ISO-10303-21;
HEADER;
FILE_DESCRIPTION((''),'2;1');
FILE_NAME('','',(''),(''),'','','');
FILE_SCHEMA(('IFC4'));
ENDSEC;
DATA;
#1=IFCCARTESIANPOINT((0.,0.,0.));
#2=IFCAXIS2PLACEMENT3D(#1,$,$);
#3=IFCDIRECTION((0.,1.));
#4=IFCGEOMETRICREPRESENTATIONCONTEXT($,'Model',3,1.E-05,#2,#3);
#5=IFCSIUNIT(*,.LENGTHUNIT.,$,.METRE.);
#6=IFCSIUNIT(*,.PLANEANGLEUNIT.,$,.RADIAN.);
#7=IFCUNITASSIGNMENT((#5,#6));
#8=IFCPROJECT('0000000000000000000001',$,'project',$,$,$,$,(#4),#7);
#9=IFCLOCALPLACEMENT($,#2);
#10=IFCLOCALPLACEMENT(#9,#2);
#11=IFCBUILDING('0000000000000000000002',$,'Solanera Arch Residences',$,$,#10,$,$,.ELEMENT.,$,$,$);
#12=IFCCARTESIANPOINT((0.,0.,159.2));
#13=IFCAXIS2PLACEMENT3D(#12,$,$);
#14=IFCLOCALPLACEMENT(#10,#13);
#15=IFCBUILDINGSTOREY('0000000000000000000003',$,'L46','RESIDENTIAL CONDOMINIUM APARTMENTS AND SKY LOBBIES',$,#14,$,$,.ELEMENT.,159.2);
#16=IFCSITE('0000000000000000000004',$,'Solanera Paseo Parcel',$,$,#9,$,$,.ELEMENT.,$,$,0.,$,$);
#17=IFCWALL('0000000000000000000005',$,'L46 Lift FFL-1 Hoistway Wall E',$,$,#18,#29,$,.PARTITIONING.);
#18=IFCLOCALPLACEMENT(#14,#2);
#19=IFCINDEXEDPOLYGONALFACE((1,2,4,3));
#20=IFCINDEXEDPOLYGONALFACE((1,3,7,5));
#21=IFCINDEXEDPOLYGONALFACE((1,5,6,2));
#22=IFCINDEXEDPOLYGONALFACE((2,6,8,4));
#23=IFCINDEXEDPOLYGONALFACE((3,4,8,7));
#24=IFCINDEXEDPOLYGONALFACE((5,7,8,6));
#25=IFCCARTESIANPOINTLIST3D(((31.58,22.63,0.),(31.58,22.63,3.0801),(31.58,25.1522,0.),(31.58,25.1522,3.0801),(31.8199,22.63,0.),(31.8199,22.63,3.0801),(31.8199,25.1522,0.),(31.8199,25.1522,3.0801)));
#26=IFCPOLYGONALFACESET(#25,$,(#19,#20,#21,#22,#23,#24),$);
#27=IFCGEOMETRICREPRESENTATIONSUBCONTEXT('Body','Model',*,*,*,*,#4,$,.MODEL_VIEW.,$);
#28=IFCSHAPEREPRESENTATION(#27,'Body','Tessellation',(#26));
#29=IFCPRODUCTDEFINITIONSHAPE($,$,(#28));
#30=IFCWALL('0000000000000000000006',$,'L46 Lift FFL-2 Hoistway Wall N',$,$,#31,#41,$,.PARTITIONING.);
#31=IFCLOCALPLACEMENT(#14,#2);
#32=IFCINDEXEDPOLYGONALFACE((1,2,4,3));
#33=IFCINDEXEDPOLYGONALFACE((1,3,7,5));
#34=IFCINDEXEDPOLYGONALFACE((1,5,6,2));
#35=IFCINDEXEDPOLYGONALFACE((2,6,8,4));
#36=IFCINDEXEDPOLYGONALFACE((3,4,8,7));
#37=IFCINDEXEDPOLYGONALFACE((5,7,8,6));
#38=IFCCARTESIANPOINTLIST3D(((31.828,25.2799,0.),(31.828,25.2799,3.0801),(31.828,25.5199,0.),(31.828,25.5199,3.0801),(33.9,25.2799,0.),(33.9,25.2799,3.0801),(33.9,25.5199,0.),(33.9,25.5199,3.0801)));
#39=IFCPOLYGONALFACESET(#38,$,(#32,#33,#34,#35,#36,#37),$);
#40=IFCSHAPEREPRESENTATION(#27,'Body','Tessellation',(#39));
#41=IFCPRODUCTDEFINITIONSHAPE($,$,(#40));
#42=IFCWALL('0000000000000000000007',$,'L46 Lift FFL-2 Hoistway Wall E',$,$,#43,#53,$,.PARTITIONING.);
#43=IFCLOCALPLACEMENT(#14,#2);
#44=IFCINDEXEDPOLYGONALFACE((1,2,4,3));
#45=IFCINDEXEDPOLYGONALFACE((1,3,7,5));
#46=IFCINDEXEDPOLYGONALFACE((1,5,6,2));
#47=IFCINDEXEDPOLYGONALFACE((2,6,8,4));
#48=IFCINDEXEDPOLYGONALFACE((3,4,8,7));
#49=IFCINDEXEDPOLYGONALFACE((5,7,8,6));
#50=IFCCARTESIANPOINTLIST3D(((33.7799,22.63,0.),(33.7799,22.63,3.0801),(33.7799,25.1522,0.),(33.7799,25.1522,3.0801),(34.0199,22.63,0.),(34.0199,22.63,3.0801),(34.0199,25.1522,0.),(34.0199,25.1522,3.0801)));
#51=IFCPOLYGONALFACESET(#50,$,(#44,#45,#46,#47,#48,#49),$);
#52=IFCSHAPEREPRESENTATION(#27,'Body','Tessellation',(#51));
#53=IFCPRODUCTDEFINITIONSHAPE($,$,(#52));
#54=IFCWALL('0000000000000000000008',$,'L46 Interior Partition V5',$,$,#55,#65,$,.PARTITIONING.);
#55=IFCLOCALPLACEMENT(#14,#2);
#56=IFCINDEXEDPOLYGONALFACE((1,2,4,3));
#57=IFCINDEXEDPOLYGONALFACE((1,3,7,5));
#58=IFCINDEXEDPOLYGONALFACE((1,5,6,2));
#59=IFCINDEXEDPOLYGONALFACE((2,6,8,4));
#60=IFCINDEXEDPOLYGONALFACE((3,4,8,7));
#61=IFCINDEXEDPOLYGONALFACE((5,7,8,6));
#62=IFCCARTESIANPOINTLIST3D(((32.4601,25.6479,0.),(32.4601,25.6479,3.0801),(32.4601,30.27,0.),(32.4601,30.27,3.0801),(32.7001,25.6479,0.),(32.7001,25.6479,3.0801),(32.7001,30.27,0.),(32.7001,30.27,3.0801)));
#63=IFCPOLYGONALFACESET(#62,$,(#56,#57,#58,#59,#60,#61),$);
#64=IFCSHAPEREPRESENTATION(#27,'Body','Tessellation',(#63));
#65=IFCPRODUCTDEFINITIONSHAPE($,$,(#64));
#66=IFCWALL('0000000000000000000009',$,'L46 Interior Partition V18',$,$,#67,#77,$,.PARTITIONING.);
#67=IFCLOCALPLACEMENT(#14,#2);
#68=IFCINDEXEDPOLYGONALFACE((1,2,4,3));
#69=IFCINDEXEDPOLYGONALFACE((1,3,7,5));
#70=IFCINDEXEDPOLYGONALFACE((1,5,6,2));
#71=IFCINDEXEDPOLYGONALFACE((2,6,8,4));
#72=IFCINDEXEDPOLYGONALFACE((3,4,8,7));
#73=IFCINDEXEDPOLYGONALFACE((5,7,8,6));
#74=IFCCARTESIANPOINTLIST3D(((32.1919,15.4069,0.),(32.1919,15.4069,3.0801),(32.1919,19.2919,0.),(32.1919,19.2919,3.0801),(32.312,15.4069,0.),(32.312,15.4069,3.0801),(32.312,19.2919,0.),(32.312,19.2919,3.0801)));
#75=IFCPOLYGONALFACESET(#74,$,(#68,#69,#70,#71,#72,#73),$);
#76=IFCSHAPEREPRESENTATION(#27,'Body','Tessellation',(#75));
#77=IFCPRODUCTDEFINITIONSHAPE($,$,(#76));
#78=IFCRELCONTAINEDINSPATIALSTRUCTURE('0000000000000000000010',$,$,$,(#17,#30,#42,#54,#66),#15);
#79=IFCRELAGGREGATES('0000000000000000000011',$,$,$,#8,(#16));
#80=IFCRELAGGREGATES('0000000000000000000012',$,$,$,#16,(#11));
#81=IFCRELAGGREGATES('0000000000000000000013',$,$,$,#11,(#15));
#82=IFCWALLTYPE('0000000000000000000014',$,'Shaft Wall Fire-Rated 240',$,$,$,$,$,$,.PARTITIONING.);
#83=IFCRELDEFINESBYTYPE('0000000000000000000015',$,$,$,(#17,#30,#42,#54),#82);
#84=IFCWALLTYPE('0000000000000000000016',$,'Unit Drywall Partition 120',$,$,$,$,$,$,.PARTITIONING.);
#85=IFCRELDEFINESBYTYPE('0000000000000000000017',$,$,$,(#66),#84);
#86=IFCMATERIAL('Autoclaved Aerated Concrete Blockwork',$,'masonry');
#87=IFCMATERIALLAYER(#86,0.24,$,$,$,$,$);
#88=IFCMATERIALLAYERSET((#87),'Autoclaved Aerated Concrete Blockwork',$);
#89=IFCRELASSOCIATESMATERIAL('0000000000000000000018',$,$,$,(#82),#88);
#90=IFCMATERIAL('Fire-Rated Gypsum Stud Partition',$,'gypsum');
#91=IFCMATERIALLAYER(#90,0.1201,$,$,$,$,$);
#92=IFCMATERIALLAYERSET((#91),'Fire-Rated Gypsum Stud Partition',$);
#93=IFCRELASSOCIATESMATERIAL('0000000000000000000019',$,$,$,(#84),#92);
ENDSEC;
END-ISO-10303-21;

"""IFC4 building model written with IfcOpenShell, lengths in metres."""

from ifc_helpers import new_model, si_unit, direction, frame, frame_2d, origin, place, context, subcontext, project, spatial, rectangle, extrude, material, layer, layer_set, type_object, element, save


model = new_model("IFC4")

# Units and contexts
model_context = context("Model", 3, precision=1e-05, world=origin(), true_north=direction((0.0, 1.0)))
body_context = subcontext(model_context, "Body", "Model", "MODEL_VIEW")
ifc_project = project(units=[si_unit("LENGTHUNIT", "METRE"), si_unit("PLANEANGLEUNIT", "RADIAN")], contexts=[model_context])

# Site, building, storey
site_placement = place(None, origin())
site = spatial("IfcSite", under=ifc_project, at=site_placement, Name="Solanera Paseo Parcel", CompositionType="ELEMENT", RefElevation=0.0)
building_placement = place(site_placement, origin())
building = spatial("IfcBuilding", under=site, at=building_placement, Name="Solanera Arch Residences", CompositionType="ELEMENT")
storey_placement = place(building_placement, frame((0.0, 0.0, 159.2)))
storey = spatial("IfcBuildingStorey", under=building, at=storey_placement, Name="L46", Description="RESIDENTIAL CONDOMINIUM APARTMENTS AND SKY LOBBIES", CompositionType="ELEMENT", Elevation=159.2)

# Walls
ifc_material_1 = material(Name="Autoclaved Aerated Concrete Blockwork", Category="masonry")
ifc_layer_1 = layer(ifc_material_1, 0.24)
ifc_layer_set_1 = layer_set([ifc_layer_1], Name="Autoclaved Aerated Concrete Blockwork")
wall_type_1 = type_object("IfcWallType", Name="Shaft Wall Fire-Rated 240", PredefinedType="PARTITIONING", material=ifc_layer_set_1)
wall_1_placement = place(storey_placement, frame((31.7, 22.6299, 0.0), z_axis=(0.0, 0.0, 1.0), x_axis=(0.0, 1.0, 0.0)))
element("IfcWall", 1, at=wall_1_placement, inside=storey, type_object=wall_type_1, Name="L46 Lift FFL-1 Hoistway Wall E", PredefinedType="PARTITIONING", context=body_context, shape_type="SweptSolid", body=[
    extrude(rectangle(XDim=2.5222, YDim=0.24, at=frame_2d((1.2612, 0.0))), origin(), (0.0, 0.0, 1.0), 3.0801),
])
wall_2_placement = place(storey_placement, frame((31.8279, 25.3999, 0.0), z_axis=(0.0, 0.0, 1.0), x_axis=(1.0, 0.0, 0.0)))
element("IfcWall", 2, at=wall_2_placement, inside=storey, type_object=wall_type_1, Name="L46 Lift FFL-2 Hoistway Wall N", PredefinedType="PARTITIONING", context=body_context, shape_type="SweptSolid", body=[
    extrude(rectangle(XDim=2.072, YDim=0.24, at=frame_2d((1.0361, 0.0))), origin(), (0.0, 0.0, 1.0), 3.0801),
])
wall_3_placement = place(storey_placement, frame((33.8999, 22.6299, 0.0), z_axis=(0.0, 0.0, 1.0), x_axis=(0.0, 1.0, 0.0)))
element("IfcWall", 3, at=wall_3_placement, inside=storey, type_object=wall_type_1, Name="L46 Lift FFL-2 Hoistway Wall E", PredefinedType="PARTITIONING", context=body_context, shape_type="SweptSolid", body=[
    extrude(rectangle(XDim=2.5222, YDim=0.24, at=frame_2d((1.2612, 0.0))), origin(), (0.0, 0.0, 1.0), 3.0801),
])

# Walls
wall_4_placement = place(storey_placement, frame((32.5801, 25.6479, 0.0), z_axis=(0.0, 0.0, 1.0), x_axis=(0.0, 1.0, 0.0)))
element("IfcWall", 4, at=wall_4_placement, inside=storey, type_object=wall_type_1, Name="L46 Interior Partition V5", PredefinedType="PARTITIONING", context=body_context, shape_type="SweptSolid", body=[
    extrude(rectangle(XDim=4.6221, YDim=0.24, at=frame_2d((2.311, 0.0))), origin(), (0.0, 0.0, 1.0), 3.0801),
])
ifc_material_2 = material(Name="Fire-Rated Gypsum Stud Partition", Category="gypsum")
ifc_layer_2 = layer(ifc_material_2, 0.1201)
ifc_layer_set_2 = layer_set([ifc_layer_2], Name="Fire-Rated Gypsum Stud Partition")
wall_type_2 = type_object("IfcWallType", Name="Unit Drywall Partition 120", PredefinedType="PARTITIONING", material=ifc_layer_set_2)
wall_5_placement = place(storey_placement, frame((32.252, 15.407, 0.0), z_axis=(0.0, 0.0, 1.0), x_axis=(0.0, 1.0, 0.0)))
element("IfcWall", 5, at=wall_5_placement, inside=storey, type_object=wall_type_2, Name="L46 Interior Partition V18", PredefinedType="PARTITIONING", context=body_context, shape_type="SweptSolid", body=[
    extrude(rectangle(XDim=3.885, YDim=0.1201, at=frame_2d((1.9424, 0.0))), origin(), (0.0, 0.0, 1.0), 3.0801),
])

save(model, "model.ifc")
